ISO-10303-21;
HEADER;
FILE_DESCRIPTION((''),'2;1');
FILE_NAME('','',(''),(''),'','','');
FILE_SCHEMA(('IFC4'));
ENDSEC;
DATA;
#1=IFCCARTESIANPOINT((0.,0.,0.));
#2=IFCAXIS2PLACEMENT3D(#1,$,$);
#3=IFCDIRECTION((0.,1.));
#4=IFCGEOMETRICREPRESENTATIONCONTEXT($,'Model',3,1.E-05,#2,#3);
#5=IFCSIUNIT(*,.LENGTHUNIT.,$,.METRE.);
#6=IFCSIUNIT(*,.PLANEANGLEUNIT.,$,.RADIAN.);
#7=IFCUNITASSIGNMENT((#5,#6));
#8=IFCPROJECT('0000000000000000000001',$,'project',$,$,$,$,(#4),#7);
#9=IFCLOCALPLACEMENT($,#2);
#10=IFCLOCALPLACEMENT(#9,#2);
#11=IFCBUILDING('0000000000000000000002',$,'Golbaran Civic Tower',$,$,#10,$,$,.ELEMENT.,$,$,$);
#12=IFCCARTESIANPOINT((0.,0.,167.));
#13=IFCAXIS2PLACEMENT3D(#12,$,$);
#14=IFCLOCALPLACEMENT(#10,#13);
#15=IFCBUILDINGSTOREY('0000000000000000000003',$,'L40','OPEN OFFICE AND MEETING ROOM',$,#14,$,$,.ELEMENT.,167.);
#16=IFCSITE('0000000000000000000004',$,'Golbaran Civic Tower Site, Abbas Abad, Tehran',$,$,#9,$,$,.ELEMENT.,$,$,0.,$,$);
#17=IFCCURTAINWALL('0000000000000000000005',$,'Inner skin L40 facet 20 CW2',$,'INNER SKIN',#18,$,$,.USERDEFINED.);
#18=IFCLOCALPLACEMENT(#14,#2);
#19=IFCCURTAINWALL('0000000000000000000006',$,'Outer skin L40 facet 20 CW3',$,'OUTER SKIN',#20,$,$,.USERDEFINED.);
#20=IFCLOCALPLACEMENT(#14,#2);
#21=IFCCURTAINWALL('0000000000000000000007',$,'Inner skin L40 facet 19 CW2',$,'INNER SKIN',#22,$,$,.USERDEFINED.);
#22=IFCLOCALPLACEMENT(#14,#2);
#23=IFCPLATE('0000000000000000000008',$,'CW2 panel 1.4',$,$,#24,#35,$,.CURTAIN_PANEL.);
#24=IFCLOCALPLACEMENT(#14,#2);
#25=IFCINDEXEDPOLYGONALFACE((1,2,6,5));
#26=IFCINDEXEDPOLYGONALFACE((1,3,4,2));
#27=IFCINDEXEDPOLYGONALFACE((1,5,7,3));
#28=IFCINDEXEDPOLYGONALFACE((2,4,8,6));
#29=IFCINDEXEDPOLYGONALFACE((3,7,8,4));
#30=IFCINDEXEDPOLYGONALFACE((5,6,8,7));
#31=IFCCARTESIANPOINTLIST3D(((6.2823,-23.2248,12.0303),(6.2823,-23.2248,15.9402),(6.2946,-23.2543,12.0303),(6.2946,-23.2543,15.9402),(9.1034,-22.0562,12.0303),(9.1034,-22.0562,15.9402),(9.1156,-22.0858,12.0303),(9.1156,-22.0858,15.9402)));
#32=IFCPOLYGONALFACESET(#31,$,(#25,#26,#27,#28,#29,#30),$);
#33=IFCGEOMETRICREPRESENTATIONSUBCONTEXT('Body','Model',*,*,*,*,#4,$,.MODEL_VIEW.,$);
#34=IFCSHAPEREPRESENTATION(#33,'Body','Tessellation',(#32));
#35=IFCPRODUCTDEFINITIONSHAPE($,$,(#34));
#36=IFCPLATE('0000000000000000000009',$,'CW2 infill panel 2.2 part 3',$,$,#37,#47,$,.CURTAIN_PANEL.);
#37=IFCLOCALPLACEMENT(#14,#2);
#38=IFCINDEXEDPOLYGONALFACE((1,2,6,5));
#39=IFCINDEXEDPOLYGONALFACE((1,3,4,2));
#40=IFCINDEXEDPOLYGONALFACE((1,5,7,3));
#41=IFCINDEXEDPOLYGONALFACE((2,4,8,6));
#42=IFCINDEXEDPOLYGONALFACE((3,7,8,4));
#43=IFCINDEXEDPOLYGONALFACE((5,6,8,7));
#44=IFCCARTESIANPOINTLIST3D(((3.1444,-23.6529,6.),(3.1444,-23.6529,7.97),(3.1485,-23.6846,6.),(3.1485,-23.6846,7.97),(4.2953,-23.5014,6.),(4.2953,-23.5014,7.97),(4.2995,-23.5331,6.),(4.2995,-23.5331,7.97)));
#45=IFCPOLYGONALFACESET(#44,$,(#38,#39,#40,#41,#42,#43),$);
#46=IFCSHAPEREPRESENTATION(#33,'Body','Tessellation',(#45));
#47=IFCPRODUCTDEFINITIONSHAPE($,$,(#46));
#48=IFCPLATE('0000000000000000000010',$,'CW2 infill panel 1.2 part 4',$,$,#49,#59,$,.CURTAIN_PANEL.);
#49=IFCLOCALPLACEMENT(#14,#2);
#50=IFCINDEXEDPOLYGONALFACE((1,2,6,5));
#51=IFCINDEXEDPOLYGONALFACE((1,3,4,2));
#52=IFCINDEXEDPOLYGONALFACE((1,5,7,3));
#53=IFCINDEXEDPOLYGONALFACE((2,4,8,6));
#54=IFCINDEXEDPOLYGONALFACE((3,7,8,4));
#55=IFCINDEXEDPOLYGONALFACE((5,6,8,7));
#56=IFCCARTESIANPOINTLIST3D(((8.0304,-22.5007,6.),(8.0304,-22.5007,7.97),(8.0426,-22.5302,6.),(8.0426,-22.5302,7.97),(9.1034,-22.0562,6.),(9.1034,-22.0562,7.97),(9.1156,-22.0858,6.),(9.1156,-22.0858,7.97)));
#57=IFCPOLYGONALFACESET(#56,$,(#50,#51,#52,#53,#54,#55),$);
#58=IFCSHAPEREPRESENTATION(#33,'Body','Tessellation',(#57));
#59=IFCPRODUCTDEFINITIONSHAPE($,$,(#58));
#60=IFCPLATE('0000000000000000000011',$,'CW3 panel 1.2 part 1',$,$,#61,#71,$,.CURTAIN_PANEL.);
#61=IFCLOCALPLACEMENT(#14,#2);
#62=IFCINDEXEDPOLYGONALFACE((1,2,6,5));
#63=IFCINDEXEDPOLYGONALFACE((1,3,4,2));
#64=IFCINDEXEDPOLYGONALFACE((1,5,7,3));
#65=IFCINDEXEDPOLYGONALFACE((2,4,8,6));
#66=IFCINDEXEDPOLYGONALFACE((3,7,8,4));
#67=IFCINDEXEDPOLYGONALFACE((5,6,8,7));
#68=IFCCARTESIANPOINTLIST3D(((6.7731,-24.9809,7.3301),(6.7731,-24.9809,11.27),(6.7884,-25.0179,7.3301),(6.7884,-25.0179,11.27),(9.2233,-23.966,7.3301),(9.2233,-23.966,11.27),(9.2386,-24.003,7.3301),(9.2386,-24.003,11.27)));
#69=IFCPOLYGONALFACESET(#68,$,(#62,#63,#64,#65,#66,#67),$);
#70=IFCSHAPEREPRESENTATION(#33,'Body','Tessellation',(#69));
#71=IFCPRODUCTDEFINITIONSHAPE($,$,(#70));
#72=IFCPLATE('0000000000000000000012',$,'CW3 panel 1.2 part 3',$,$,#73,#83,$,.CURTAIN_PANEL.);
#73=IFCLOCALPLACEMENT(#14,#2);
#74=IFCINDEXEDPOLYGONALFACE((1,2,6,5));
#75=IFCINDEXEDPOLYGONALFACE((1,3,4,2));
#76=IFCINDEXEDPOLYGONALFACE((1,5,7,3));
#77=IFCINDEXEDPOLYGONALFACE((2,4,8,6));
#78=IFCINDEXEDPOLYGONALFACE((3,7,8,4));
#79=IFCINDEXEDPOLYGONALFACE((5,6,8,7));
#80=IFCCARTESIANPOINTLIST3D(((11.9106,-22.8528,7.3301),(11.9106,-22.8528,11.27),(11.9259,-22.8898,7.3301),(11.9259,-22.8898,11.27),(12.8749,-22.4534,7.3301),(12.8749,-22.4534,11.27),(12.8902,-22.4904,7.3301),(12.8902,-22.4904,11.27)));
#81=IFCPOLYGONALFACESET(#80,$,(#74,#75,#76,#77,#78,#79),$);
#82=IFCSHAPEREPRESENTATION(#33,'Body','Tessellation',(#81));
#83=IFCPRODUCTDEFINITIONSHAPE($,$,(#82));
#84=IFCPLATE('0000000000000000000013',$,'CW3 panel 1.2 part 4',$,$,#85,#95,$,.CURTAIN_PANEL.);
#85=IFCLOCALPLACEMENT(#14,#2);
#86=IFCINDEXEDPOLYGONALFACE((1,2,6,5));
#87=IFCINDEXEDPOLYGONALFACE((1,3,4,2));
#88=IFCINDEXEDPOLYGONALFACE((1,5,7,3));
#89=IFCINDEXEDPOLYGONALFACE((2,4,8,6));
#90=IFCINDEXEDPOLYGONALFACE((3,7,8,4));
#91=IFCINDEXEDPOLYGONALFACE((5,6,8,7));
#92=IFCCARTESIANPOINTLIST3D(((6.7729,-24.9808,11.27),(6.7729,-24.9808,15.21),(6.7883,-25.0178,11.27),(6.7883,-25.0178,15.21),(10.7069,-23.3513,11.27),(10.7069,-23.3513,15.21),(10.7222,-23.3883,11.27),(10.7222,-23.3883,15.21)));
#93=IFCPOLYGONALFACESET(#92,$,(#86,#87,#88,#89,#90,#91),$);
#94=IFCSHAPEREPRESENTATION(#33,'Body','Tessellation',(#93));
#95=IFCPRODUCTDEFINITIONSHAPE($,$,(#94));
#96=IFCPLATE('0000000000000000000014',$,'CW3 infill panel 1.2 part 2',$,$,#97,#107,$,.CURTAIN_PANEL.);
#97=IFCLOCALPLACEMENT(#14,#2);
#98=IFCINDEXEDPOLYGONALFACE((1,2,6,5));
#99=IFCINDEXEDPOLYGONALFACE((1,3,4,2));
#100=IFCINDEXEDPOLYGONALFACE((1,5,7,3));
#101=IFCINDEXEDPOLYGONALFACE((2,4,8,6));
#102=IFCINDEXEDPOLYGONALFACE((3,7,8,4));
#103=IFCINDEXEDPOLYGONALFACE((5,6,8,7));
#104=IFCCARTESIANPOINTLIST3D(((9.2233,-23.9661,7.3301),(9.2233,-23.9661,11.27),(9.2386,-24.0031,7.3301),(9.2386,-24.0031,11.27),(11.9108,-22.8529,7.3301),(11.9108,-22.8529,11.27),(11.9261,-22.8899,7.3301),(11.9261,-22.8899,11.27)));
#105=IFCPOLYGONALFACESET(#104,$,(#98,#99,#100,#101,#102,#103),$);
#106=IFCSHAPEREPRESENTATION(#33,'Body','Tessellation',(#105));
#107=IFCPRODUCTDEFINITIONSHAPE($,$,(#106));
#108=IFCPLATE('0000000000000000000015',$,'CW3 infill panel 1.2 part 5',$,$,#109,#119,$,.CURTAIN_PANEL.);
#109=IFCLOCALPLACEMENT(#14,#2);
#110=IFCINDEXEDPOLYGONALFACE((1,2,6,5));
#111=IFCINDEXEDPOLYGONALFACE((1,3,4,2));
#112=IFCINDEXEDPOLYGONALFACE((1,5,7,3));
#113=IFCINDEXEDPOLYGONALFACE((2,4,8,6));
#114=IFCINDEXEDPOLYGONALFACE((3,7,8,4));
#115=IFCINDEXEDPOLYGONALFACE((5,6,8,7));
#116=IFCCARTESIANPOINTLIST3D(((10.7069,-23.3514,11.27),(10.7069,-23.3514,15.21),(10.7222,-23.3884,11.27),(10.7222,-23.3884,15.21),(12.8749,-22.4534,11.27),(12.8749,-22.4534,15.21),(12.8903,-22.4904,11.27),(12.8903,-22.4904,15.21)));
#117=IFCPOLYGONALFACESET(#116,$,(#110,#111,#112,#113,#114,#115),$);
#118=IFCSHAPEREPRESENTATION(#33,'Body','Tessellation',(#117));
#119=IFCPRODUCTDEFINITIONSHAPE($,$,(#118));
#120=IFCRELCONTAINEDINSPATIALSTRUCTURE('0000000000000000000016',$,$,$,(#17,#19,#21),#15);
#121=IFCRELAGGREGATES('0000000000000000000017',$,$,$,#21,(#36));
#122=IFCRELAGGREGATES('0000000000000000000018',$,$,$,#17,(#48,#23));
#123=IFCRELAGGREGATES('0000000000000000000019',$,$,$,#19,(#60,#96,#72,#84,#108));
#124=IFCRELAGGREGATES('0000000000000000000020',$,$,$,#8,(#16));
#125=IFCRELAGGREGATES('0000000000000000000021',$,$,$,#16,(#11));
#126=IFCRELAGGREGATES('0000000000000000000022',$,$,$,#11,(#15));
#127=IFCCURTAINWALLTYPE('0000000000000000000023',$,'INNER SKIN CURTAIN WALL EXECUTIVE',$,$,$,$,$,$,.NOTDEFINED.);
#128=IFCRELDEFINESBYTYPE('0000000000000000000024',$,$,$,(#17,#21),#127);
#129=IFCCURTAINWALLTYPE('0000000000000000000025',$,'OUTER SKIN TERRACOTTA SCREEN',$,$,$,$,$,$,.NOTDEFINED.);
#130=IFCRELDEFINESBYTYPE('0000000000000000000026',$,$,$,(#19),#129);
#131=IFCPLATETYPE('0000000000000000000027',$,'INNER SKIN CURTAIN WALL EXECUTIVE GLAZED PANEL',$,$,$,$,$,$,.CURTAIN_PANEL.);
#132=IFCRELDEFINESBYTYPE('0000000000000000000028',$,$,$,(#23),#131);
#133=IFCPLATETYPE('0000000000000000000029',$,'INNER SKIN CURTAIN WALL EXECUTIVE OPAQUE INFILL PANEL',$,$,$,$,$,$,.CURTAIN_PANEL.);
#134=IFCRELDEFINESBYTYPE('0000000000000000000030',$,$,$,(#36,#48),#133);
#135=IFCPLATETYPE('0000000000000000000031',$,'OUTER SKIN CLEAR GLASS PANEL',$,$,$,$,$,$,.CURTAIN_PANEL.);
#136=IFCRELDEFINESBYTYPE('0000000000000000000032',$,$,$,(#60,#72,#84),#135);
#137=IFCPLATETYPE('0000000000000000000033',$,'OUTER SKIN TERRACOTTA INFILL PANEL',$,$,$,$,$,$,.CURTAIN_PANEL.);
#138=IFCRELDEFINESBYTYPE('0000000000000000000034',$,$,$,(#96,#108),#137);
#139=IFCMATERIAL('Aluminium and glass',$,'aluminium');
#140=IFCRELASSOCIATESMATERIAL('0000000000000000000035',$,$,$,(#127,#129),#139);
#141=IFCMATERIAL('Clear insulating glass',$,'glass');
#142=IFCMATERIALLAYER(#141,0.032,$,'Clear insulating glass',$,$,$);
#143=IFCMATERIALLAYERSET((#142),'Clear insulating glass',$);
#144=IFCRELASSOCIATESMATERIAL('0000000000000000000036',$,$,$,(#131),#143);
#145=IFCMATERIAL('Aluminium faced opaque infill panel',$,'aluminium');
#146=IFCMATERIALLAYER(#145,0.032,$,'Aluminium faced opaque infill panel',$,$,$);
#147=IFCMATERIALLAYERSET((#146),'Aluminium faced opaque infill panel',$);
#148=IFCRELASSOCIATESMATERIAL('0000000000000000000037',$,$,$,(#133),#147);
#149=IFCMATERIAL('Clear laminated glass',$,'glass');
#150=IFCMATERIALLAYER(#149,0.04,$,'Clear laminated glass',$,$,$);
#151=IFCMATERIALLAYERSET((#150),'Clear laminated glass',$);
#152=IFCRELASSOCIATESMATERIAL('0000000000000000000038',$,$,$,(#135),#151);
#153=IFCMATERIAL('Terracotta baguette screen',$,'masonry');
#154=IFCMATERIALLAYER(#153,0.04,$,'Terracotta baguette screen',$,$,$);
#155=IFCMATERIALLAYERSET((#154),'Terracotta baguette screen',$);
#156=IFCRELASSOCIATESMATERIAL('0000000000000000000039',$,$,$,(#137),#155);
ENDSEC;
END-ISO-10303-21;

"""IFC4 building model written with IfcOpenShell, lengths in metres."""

from ifc_helpers import new_model, si_unit, direction, frame, origin, origin_2d, place, context, subcontext, project, spatial, rectangle, extrude, material, layer, layer_set, type_object, element, aggregate, save


model = new_model("IFC4")

# Units and contexts
model_context = context("Model", 3, precision=1e-05, world=origin(), true_north=direction((0.0, 1.0)))
body_context = subcontext(model_context, "Body", "Model", "MODEL_VIEW")
ifc_project = project(units=[si_unit("LENGTHUNIT", "METRE"), si_unit("PLANEANGLEUNIT", "RADIAN")], contexts=[model_context])

# Site, building, storey
site_placement = place(None, origin())
site = spatial("IfcSite", under=ifc_project, at=site_placement, Name="Golbaran Civic Tower Site, Abbas Abad, Tehran", CompositionType="ELEMENT", RefElevation=0.0)
building_placement = place(site_placement, origin())
building = spatial("IfcBuilding", under=site, at=building_placement, Name="Golbaran Civic Tower", CompositionType="ELEMENT")
storey_placement = place(building_placement, frame((0.0, 0.0, 167.0)))
storey = spatial("IfcBuildingStorey", under=building, at=storey_placement, Name="L40", Description="OPEN OFFICE AND MEETING ROOM", CompositionType="ELEMENT", Elevation=167.0)

# Curtain walls
ifc_material_1 = material(Name="Aluminium and glass", Category="aluminium")
curtain_wall_type_1 = type_object("IfcCurtainWallType", Name="INNER SKIN CURTAIN WALL EXECUTIVE", PredefinedType="NOTDEFINED", material=ifc_material_1)
curtain_wall_1_placement = place(storey_placement, origin())
curtain_wall_1 = element("IfcCurtainWall", 1, at=curtain_wall_1_placement, inside=storey, type_object=curtain_wall_type_1, Name="Inner skin L40 facet 20 CW2", ObjectType="INNER SKIN", PredefinedType="USERDEFINED")
curtain_wall_type_2 = type_object("IfcCurtainWallType", Name="OUTER SKIN TERRACOTTA SCREEN", PredefinedType="NOTDEFINED", material=ifc_material_1)
curtain_wall_2_placement = place(storey_placement, origin())
curtain_wall_2 = element("IfcCurtainWall", 2, at=curtain_wall_2_placement, inside=storey, type_object=curtain_wall_type_2, Name="Outer skin L40 facet 20 CW3", ObjectType="OUTER SKIN", PredefinedType="USERDEFINED")

# Curtain wall
curtain_wall_3_placement = place(storey_placement, origin())
curtain_wall_3 = element("IfcCurtainWall", 3, at=curtain_wall_3_placement, inside=storey, type_object=curtain_wall_type_1, Name="Inner skin L40 facet 19 CW2", ObjectType="INNER SKIN", PredefinedType="USERDEFINED")
ifc_material_2 = material(Name="Clear insulating glass", Category="glass")
ifc_layer_1 = layer(ifc_material_2, 0.032, Name="Clear insulating glass")
ifc_layer_set_1 = layer_set([ifc_layer_1], Name="Clear insulating glass")
plate_type_1 = type_object("IfcPlateType", Name="INNER SKIN CURTAIN WALL EXECUTIVE GLAZED PANEL", PredefinedType="CURTAIN_PANEL", material=ifc_layer_set_1)

# Plates
plate_1_placement = place(storey_placement, frame((7.699, -22.6553, 12.0303), z_axis=(0.0, 0.0, 1.0), x_axis=(0.92388, 0.382683, 0.0)))
plate_1 = element("IfcPlate", 4, at=plate_1_placement, type_object=plate_type_1, Name="CW2 panel 1.4", PredefinedType="CURTAIN_PANEL", context=body_context, shape_type="SweptSolid", body=[
    extrude(rectangle(XDim=3.0535, YDim=0.032, at=origin_2d()), origin(), (0.0, 0.0, 1.0), 3.9099),
])
ifc_material_3 = material(Name="Aluminium faced opaque infill panel", Category="aluminium")
ifc_layer_2 = layer(ifc_material_3, 0.032, Name="Aluminium faced opaque infill panel")
ifc_layer_set_2 = layer_set([ifc_layer_2], Name="Aluminium faced opaque infill panel")
plate_type_2 = type_object("IfcPlateType", Name="INNER SKIN CURTAIN WALL EXECUTIVE OPAQUE INFILL PANEL", PredefinedType="CURTAIN_PANEL", material=ifc_layer_set_2)
plate_2_placement = place(storey_placement, frame((3.7219, -23.593, 6.0), z_axis=(0.0, 0.0, 1.0), x_axis=(0.991445, 0.130526, 0.0)))
plate_2 = element("IfcPlate", 5, at=plate_2_placement, type_object=plate_type_2, Name="CW2 infill panel 2.2 part 3", PredefinedType="CURTAIN_PANEL", context=body_context, shape_type="SweptSolid", body=[
    extrude(rectangle(XDim=1.1609, YDim=0.032, at=origin_2d()), origin(), (0.0, 0.0, 1.0), 1.97),
])
aggregate(curtain_wall_3, [plate_2])
plate_3_placement = place(storey_placement, frame((8.573, -22.2932, 6.0), z_axis=(0.0, 0.0, 1.0), x_axis=(0.92388, 0.382683, 0.0)))
plate_3 = element("IfcPlate", 6, at=plate_3_placement, type_object=plate_type_2, Name="CW2 infill panel 1.2 part 4", PredefinedType="CURTAIN_PANEL", context=body_context, shape_type="SweptSolid", body=[
    extrude(rectangle(XDim=1.1614, YDim=0.032, at=origin_2d()), origin(), (0.0, 0.0, 1.0), 1.97),
])
aggregate(curtain_wall_1, [plate_3, plate_1])
ifc_material_4 = material(Name="Clear laminated glass", Category="glass")
ifc_layer_3 = layer(ifc_material_4, 0.04, Name="Clear laminated glass")
ifc_layer_set_3 = layer_set([ifc_layer_3], Name="Clear laminated glass")
plate_type_3 = type_object("IfcPlateType", Name="OUTER SKIN CLEAR GLASS PANEL", PredefinedType="CURTAIN_PANEL", material=ifc_layer_set_3)
plate_4_placement = place(storey_placement, frame((8.0059, -24.4919, 7.3301), z_axis=(0.0, 0.0, 1.0), x_axis=(0.92388, 0.382683, 0.0)))
plate_4 = element("IfcPlate", 7, at=plate_4_placement, type_object=plate_type_3, Name="CW3 panel 1.2 part 1", PredefinedType="CURTAIN_PANEL", context=body_context, shape_type="SweptSolid", body=[
    extrude(rectangle(XDim=2.6521, YDim=0.04, at=origin_2d()), origin(), (0.0, 0.0, 1.0), 3.9399),
])
plate_5_placement = place(storey_placement, frame((12.4004, -22.6716, 7.3301), z_axis=(0.0, 0.0, 1.0), x_axis=(0.92388, 0.382683, 0.0)))
plate_5 = element("IfcPlate", 8, at=plate_5_placement, type_object=plate_type_3, Name="CW3 panel 1.2 part 3", PredefinedType="CURTAIN_PANEL", context=body_context, shape_type="SweptSolid", body=[
    extrude(rectangle(XDim=1.0437, YDim=0.04, at=origin_2d()), origin(), (0.0, 0.0, 1.0), 3.9399),
])
plate_6_placement = place(storey_placement, frame((8.7476, -24.1846, 11.27), z_axis=(0.0, 0.0, 1.0), x_axis=(0.92388, 0.382683, 0.0)))
plate_6 = element("IfcPlate", 9, at=plate_6_placement, type_object=plate_type_3, Name="CW3 panel 1.2 part 4", PredefinedType="CURTAIN_PANEL", context=body_context, shape_type="SweptSolid", body=[
    extrude(rectangle(XDim=4.2581, YDim=0.04, at=origin_2d()), origin(), (0.0, 0.0, 1.0), 3.9399),
])
ifc_material_5 = material(Name="Terracotta baguette screen", Category="masonry")
ifc_layer_4 = layer(ifc_material_5, 0.04, Name="Terracotta baguette screen")
ifc_layer_set_4 = layer_set([ifc_layer_4], Name="Terracotta baguette screen")
plate_type_4 = type_object("IfcPlateType", Name="OUTER SKIN TERRACOTTA INFILL PANEL", PredefinedType="CURTAIN_PANEL", material=ifc_layer_set_4)
plate_7_placement = place(storey_placement, frame((10.5747, -23.428, 7.3301), z_axis=(0.0, 0.0, 1.0), x_axis=(0.92388, 0.382683, 0.0)))
plate_7 = element("IfcPlate", 10, at=plate_7_placement, type_object=plate_type_4, Name="CW3 infill panel 1.2 part 2", PredefinedType="CURTAIN_PANEL", context=body_context, shape_type="SweptSolid", body=[
    extrude(rectangle(XDim=2.9089, YDim=0.04, at=origin_2d()), origin(), (0.0, 0.0, 1.0), 3.9399),
])
plate_8_placement = place(storey_placement, frame((11.7986, -22.9209, 11.27), z_axis=(0.0, 0.0, 1.0), x_axis=(0.92388, 0.382683, 0.0)))
plate_8 = element("IfcPlate", 11, at=plate_8_placement, type_object=plate_type_4, Name="CW3 infill panel 1.2 part 5", PredefinedType="CURTAIN_PANEL", context=body_context, shape_type="SweptSolid", body=[
    extrude(rectangle(XDim=2.3467, YDim=0.04, at=origin_2d()), origin(), (0.0, 0.0, 1.0), 3.9399),
])
aggregate(curtain_wall_2, [plate_4, plate_7, plate_5, plate_6, plate_8])

save(model, "model.ifc")
